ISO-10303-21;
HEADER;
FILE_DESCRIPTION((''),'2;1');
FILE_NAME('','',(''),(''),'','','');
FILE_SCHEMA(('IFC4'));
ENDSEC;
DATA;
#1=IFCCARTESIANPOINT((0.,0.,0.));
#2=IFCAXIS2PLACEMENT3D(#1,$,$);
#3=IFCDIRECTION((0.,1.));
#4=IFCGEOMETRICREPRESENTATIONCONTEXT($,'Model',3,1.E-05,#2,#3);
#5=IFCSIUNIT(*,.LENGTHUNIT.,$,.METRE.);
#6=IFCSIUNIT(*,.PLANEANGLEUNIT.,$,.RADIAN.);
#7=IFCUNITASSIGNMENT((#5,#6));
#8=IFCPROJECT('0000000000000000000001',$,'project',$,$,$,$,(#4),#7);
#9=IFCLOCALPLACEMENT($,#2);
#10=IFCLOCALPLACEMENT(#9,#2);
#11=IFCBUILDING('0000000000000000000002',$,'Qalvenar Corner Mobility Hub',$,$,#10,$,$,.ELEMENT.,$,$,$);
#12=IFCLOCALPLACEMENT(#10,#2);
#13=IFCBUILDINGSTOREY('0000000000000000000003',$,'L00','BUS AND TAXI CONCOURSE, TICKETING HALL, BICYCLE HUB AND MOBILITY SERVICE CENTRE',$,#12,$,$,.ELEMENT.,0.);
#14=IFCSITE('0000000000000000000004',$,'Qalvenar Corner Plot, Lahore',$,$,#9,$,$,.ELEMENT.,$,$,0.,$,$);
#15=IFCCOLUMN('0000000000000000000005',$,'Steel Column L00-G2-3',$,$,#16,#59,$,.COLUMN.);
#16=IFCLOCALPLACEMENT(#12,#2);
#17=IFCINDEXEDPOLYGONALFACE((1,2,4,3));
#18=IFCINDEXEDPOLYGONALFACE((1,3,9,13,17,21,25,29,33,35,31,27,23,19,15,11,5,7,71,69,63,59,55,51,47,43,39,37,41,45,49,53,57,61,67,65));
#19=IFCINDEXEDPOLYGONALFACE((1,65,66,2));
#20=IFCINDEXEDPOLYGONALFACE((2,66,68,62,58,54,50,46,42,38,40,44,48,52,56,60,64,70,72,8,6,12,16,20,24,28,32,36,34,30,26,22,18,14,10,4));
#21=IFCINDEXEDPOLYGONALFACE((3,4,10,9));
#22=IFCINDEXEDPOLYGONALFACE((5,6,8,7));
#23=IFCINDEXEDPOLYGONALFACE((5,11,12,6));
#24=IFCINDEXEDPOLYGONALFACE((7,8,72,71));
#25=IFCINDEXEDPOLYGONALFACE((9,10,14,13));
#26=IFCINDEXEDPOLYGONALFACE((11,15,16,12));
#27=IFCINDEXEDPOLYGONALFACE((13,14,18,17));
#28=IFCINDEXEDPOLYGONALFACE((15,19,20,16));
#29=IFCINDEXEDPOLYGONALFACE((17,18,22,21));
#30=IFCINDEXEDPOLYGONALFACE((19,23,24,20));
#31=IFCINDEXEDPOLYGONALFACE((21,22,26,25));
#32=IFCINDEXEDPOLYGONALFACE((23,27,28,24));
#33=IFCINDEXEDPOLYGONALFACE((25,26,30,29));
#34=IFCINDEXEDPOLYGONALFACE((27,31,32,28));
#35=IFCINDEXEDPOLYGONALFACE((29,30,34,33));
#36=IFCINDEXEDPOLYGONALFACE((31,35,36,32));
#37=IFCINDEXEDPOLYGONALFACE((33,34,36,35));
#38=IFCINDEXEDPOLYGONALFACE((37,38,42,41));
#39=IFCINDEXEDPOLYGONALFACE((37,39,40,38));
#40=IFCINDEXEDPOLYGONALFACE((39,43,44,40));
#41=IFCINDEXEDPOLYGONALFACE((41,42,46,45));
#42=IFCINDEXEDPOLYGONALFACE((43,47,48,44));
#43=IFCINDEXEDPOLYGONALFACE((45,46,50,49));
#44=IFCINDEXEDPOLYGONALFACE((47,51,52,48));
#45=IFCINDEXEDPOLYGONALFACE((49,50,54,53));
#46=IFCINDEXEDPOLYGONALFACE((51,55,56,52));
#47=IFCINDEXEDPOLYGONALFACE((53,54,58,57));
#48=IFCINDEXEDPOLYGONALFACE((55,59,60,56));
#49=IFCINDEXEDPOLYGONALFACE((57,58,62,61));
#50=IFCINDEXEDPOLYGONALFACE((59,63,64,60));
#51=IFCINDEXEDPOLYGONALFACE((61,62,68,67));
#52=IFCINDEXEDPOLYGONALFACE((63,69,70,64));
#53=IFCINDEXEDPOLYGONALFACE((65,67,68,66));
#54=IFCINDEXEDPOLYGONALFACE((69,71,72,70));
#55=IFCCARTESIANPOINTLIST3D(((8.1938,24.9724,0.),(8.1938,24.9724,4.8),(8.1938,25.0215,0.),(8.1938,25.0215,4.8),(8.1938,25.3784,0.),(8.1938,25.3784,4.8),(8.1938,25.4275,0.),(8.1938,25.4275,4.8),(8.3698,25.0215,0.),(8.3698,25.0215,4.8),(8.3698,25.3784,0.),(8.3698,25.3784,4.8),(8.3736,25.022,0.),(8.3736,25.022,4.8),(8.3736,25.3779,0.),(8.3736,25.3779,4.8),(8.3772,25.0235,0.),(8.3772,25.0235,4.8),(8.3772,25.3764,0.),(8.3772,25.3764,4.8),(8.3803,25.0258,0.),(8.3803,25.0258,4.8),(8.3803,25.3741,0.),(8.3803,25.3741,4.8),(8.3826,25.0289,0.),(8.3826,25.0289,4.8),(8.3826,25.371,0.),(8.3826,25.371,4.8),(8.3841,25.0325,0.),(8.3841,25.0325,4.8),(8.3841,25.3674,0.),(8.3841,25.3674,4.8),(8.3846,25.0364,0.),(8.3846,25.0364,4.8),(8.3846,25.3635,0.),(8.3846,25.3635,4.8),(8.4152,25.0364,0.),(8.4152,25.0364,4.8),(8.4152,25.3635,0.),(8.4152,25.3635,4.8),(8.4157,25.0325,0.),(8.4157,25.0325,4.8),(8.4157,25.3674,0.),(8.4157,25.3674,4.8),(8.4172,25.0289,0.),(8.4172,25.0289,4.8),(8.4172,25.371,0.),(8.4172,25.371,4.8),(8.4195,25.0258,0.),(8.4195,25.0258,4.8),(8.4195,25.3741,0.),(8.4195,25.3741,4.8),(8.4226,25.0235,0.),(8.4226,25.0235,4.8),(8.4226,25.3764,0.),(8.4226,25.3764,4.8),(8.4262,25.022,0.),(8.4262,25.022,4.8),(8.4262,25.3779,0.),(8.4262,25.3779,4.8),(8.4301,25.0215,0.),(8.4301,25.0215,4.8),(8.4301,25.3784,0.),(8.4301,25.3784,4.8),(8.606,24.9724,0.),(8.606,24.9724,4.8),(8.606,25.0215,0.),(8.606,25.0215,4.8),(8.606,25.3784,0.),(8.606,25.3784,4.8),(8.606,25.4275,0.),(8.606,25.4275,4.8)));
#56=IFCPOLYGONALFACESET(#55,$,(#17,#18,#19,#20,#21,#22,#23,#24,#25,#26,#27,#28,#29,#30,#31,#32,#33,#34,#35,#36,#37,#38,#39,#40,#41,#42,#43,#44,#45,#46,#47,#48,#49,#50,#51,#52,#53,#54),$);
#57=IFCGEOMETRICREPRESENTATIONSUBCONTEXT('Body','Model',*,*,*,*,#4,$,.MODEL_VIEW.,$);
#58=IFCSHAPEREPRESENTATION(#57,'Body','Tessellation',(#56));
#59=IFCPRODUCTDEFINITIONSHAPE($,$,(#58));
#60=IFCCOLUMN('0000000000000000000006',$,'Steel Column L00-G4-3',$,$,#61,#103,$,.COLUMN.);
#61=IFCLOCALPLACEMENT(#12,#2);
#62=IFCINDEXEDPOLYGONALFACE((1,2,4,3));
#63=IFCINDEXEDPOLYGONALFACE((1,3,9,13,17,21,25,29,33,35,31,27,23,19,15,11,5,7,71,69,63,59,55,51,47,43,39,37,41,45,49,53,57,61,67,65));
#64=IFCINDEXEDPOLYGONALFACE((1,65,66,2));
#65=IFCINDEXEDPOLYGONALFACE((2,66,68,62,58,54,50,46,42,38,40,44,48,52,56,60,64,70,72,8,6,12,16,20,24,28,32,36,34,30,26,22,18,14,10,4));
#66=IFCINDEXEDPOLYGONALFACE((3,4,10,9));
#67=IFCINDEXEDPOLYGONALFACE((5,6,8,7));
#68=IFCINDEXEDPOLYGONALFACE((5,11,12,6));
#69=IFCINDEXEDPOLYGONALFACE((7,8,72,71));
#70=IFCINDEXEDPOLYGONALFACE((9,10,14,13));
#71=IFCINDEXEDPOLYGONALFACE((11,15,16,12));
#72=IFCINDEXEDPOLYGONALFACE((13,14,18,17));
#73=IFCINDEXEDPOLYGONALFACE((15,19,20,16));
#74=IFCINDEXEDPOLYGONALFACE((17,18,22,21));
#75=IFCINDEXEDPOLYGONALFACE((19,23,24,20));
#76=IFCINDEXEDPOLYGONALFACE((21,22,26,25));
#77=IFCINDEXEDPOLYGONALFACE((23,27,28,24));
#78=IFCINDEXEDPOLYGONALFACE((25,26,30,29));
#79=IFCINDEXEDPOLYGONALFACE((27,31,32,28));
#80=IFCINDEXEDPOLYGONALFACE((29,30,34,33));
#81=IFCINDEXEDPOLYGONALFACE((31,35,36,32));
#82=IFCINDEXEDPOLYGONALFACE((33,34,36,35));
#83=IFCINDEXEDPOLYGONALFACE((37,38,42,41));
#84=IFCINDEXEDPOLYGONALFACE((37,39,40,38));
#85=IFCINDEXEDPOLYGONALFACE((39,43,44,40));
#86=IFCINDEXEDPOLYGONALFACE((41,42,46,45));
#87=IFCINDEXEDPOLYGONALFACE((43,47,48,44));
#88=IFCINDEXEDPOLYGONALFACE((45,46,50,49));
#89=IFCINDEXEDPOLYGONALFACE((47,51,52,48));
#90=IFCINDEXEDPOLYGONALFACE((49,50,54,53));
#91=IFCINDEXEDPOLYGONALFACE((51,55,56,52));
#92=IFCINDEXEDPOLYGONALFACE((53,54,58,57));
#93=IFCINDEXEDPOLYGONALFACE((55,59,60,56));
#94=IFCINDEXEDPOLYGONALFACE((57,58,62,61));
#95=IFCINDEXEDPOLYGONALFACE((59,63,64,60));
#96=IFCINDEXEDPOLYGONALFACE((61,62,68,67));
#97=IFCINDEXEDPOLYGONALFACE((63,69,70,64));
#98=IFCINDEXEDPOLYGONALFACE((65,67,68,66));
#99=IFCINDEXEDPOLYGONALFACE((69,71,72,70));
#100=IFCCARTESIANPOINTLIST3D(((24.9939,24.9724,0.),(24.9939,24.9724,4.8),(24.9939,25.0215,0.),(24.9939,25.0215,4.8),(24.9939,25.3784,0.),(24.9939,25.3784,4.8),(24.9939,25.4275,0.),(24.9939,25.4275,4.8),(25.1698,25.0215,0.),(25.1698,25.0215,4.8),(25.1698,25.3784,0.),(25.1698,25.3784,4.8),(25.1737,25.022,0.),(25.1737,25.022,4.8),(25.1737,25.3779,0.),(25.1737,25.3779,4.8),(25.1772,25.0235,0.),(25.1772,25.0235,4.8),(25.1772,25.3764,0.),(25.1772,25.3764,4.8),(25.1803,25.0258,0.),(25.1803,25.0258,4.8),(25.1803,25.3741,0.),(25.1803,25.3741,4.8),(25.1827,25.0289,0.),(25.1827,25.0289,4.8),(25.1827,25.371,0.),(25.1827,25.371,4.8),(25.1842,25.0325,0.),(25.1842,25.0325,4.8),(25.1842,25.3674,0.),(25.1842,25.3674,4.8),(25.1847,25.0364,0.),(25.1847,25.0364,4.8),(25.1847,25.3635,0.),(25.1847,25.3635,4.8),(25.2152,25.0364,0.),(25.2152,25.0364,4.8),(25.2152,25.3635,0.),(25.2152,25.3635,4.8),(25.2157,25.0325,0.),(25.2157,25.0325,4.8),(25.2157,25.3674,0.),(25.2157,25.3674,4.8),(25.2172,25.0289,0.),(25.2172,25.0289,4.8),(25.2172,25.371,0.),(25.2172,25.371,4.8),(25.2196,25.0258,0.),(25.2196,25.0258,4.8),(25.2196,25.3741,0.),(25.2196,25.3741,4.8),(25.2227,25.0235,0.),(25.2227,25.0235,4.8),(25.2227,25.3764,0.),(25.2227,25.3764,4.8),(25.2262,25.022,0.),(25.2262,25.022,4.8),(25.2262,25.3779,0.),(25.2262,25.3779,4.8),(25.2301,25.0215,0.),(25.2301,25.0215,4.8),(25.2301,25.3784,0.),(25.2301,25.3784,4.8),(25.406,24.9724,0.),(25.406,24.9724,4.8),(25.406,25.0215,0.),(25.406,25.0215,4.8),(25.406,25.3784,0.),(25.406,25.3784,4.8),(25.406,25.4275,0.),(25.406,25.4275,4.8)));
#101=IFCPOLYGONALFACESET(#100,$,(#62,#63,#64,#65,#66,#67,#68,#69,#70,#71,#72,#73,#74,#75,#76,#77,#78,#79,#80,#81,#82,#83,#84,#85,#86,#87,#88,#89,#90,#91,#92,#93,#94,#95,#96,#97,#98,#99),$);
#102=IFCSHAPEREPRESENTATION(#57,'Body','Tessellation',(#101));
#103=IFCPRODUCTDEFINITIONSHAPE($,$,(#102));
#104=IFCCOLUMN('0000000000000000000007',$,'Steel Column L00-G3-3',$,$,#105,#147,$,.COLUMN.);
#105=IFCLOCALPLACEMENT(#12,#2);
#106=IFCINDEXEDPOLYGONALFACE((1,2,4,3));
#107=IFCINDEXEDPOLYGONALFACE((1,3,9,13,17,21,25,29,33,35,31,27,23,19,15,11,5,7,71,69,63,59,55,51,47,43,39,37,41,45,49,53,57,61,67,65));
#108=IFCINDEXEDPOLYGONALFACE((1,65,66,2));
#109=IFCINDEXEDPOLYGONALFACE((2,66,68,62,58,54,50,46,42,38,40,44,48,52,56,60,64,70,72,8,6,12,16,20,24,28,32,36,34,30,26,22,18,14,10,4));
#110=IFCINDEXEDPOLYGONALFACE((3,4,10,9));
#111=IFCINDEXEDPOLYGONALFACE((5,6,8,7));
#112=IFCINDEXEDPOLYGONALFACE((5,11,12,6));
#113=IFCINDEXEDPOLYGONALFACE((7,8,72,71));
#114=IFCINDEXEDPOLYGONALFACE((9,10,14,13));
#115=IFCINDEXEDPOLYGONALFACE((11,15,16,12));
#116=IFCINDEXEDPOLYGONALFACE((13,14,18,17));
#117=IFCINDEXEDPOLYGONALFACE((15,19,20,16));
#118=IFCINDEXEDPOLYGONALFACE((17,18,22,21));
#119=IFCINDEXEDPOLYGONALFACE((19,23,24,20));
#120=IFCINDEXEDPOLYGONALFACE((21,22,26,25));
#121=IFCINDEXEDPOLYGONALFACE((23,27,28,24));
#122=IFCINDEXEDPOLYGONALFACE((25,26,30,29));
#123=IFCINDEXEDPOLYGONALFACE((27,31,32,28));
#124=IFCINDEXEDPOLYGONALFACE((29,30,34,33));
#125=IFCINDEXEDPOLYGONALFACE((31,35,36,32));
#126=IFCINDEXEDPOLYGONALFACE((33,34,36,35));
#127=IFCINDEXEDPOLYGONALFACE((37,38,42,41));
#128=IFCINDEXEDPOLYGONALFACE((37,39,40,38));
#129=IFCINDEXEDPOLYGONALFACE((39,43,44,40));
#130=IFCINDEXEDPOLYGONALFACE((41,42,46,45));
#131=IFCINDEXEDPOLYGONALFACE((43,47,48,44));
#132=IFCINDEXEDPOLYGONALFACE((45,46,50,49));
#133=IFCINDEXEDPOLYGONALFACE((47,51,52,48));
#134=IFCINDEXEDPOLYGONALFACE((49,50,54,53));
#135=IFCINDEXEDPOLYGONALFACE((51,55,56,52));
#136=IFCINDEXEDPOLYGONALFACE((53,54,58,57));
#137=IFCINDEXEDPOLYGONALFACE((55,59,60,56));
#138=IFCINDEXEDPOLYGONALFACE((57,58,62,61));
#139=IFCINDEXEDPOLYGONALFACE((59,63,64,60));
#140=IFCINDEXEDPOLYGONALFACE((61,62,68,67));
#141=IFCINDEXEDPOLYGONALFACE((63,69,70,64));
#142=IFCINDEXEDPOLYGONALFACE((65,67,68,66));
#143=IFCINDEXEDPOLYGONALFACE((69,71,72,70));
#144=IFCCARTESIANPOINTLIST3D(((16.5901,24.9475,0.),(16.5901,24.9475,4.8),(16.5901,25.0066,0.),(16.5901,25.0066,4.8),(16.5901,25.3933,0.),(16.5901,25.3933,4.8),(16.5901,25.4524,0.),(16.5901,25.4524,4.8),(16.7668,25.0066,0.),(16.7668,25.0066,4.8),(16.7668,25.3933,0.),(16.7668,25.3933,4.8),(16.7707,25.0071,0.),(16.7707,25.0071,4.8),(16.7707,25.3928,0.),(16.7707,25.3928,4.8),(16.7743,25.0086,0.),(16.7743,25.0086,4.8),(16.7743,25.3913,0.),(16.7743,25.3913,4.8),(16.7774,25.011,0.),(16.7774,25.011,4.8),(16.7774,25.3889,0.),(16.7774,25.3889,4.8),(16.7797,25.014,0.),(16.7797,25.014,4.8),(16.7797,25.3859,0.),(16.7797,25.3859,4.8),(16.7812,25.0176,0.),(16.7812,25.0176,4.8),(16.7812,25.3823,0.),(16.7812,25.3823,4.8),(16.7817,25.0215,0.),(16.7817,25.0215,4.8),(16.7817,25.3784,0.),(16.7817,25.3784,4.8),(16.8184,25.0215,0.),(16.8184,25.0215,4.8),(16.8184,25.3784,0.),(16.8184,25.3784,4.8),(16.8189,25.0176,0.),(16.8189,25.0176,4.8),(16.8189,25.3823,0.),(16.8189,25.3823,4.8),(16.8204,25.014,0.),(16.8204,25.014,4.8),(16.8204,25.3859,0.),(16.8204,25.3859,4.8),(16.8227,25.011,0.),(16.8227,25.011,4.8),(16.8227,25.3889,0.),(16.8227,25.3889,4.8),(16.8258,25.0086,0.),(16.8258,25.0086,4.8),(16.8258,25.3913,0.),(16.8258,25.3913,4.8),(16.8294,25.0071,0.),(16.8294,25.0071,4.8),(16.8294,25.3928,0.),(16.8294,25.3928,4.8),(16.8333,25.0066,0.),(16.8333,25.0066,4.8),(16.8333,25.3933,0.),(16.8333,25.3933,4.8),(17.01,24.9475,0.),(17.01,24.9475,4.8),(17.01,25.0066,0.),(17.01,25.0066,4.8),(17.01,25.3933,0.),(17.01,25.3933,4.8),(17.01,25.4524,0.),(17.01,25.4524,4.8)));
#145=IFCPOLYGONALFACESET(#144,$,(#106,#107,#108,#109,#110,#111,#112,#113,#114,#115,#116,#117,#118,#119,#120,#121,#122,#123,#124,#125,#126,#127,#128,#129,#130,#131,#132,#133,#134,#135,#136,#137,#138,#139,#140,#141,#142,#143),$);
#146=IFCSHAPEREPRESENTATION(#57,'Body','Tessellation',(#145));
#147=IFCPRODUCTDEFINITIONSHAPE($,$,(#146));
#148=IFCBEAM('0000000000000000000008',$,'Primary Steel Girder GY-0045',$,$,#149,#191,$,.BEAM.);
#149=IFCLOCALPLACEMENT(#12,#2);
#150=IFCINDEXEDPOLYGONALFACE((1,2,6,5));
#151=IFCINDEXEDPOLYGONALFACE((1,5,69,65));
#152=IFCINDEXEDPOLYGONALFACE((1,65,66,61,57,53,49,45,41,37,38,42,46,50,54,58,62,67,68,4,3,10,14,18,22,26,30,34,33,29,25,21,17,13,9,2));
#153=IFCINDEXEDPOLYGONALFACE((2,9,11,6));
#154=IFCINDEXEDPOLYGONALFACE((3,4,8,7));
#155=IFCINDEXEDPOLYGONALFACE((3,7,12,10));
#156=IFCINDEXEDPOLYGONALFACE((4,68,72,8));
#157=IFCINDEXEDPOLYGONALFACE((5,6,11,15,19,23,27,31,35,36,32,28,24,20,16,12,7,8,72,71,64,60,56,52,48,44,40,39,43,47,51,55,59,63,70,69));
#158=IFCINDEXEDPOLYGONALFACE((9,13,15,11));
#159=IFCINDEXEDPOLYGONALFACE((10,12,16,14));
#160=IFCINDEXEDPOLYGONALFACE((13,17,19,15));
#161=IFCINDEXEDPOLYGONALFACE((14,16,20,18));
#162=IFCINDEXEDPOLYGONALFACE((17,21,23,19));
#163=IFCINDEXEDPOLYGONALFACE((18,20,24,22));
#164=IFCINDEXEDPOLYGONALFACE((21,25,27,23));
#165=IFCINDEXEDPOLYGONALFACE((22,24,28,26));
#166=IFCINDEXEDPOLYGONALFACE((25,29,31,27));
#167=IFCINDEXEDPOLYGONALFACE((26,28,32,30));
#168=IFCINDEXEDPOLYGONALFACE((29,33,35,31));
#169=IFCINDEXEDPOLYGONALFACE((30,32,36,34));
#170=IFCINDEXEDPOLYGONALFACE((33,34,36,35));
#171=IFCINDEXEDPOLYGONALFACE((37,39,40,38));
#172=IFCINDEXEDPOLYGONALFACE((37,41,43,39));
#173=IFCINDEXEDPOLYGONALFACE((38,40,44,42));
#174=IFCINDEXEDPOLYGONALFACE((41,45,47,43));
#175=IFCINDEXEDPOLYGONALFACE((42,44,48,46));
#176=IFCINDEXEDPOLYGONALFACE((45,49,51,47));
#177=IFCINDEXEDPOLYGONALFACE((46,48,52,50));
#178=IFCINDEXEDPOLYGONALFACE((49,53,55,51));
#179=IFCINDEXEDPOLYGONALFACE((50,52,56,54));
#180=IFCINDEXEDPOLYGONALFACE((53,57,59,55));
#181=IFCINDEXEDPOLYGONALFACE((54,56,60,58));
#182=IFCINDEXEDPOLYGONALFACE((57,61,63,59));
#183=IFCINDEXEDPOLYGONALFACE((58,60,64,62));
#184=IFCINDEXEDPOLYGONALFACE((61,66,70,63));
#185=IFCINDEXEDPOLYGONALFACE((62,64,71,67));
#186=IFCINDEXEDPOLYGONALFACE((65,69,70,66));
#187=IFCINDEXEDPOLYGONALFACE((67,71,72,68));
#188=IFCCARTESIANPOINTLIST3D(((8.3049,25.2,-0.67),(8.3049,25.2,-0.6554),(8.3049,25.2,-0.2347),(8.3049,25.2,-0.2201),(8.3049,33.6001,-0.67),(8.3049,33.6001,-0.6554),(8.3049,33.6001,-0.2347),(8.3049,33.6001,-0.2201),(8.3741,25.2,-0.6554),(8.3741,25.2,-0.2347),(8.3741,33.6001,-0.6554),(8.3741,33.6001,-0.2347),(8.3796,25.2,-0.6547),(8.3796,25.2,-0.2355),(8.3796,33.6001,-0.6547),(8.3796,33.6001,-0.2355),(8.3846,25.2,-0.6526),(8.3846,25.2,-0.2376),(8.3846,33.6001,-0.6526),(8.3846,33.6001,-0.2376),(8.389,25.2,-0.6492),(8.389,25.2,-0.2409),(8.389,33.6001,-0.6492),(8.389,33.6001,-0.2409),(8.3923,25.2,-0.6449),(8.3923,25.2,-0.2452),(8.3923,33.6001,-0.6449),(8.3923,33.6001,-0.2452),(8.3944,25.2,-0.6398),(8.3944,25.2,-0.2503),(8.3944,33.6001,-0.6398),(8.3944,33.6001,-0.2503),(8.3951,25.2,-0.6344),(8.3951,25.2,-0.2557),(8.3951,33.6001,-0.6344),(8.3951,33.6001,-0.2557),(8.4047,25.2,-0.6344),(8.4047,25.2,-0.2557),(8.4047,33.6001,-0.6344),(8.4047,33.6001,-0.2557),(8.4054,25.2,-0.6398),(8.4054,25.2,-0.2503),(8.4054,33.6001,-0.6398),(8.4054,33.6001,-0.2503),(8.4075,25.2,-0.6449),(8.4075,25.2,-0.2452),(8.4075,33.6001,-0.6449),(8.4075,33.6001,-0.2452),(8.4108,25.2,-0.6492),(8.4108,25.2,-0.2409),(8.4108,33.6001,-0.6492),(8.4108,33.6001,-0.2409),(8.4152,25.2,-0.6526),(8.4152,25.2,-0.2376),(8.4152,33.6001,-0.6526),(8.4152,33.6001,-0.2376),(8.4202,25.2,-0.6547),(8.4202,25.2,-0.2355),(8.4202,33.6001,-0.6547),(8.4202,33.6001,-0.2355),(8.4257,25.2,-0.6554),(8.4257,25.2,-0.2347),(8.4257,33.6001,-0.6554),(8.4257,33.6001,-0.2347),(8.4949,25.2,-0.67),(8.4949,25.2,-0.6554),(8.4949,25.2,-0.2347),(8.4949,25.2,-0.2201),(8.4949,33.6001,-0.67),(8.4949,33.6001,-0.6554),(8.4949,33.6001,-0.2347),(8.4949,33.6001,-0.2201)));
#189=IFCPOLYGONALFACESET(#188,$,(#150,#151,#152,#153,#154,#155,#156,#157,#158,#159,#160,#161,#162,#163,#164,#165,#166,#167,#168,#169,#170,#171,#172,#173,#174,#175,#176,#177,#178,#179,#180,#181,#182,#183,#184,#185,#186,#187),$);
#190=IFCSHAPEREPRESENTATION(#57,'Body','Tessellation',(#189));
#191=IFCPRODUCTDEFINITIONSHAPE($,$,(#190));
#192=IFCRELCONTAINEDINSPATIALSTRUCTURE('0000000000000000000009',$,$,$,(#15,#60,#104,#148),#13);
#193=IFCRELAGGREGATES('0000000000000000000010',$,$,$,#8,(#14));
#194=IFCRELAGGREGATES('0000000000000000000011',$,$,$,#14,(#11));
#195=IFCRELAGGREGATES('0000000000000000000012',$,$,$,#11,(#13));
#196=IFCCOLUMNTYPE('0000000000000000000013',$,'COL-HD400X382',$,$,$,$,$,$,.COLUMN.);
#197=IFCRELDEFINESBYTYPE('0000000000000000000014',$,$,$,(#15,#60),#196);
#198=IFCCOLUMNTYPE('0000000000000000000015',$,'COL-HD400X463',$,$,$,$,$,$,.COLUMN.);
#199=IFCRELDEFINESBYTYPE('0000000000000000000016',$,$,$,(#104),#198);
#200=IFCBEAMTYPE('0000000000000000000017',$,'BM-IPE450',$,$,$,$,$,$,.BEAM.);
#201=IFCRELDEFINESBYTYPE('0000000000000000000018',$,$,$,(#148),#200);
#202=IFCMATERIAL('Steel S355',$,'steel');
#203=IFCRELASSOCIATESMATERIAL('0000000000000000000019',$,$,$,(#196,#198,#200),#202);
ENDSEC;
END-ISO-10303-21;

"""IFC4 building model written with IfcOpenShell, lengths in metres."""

from ifc_helpers import new_model, si_unit, direction, frame, origin, origin_2d, place, context, subcontext, project, spatial, i_section, extrude, material, material_profile, profile_set, type_object, element, save


model = new_model("IFC4")

# Units and contexts
model_context = context("Model", 3, precision=1e-05, world=origin(), true_north=direction((0.0, 1.0)))
body_context = subcontext(model_context, "Body", "Model", "MODEL_VIEW")
ifc_project = project(units=[si_unit("LENGTHUNIT", "METRE"), si_unit("PLANEANGLEUNIT", "RADIAN")], contexts=[model_context])

# Site, building, storey
site_placement = place(None, origin())
site = spatial("IfcSite", under=ifc_project, at=site_placement, Name="Qalvenar Corner Plot, Lahore", CompositionType="ELEMENT", RefElevation=0.0)
building_placement = place(site_placement, origin())
building = spatial("IfcBuilding", under=site, at=building_placement, Name="Qalvenar Corner Mobility Hub", CompositionType="ELEMENT")
storey_placement = place(building_placement, origin())
storey = spatial("IfcBuildingStorey", under=building, at=storey_placement, Name="L00", Description="BUS AND TAXI CONCOURSE, TICKETING HALL, BICYCLE HUB AND MOBILITY SERVICE CENTRE", CompositionType="ELEMENT", Elevation=0.0)

# Columns
ifc_material_1 = material(Name="Steel S355", Category="steel")
ifc_material_profile_1 = material_profile(ifc_material_1, i_section(OverallWidth=0.4121, OverallDepth=0.4551, WebThickness=0.0305, FlangeThickness=0.0491, FilletRadius=0.0149, at=origin_2d()), Name="HD400x421")
ifc_profile_set_1 = profile_set([ifc_material_profile_1], Name="Steel S355")
column_type_1 = type_object("IfcColumnType", Name="COL-HD400X382", PredefinedType="COLUMN", material=ifc_profile_set_1)
for number, where, z_axis, x_axis, name in (
    (1, (8.3999, 25.2, 0.0), (0.0, 0.0, 1.0), (1.0, 0.0, 0.0), "Steel Column L00-G2-3"),
    (2, (25.2, 25.2, 0.0), (0.0, 0.0, 1.0), (1.0, 0.0, 0.0), "Steel Column L00-G4-3"),
):
    element("IfcColumn", number, at=place(storey_placement, frame(where, z_axis=z_axis, x_axis=x_axis)), inside=storey, type_object=column_type_1, Name=name, PredefinedType="COLUMN", context=body_context, shape_type="SweptSolid", body=[
        extrude(i_section(OverallWidth=0.4121, OverallDepth=0.4551, WebThickness=0.0305, FlangeThickness=0.0491, FilletRadius=0.0149, at=origin_2d()), origin(), (0.0, 0.0, 1.0), 4.8),
    ])
ifc_material_profile_2 = material_profile(ifc_material_1, i_section(OverallWidth=0.4199, OverallDepth=0.5049, WebThickness=0.0366, FlangeThickness=0.0591, FilletRadius=0.0149, at=origin_2d()), Name="HD400x551")
ifc_profile_set_2 = profile_set([ifc_material_profile_2], Name="Steel S355")
column_type_2 = type_object("IfcColumnType", Name="COL-HD400X463", PredefinedType="COLUMN", material=ifc_profile_set_2)
column_placement = place(storey_placement, frame((16.8, 25.2, 0.0), z_axis=(0.0, 0.0, 1.0), x_axis=(1.0, 0.0, 0.0)))
element("IfcColumn", 3, at=column_placement, inside=storey, type_object=column_type_2, Name="Steel Column L00-G3-3", PredefinedType="COLUMN", context=body_context, shape_type="SweptSolid", body=[
    extrude(i_section(OverallWidth=0.4199, OverallDepth=0.5049, WebThickness=0.0366, FlangeThickness=0.0591, FilletRadius=0.0149, at=origin_2d()), origin(), (0.0, 0.0, 1.0), 4.8),
])

# Beam
ifc_material_profile_3 = material_profile(ifc_material_1, i_section(OverallWidth=0.1899, OverallDepth=0.45, WebThickness=0.0095, FlangeThickness=0.0146, FilletRadius=0.021, at=origin_2d()), Name="IPE450")
ifc_profile_set_3 = profile_set([ifc_material_profile_3], Name="Steel S355")
beam_type_1 = type_object("IfcBeamType", Name="BM-IPE450", PredefinedType="BEAM", material=ifc_profile_set_3)
for number, where, z_axis, x_axis, name in (
    (4, (8.3999, 25.2, -0.4451), (0.0, 1.0, 0.0), (-1.0, 0.0, 0.0), "Primary Steel Girder GY-0045"),
):
    element("IfcBeam", number, at=place(storey_placement, frame(where, z_axis=z_axis, x_axis=x_axis)), inside=storey, type_object=beam_type_1, Name=name, PredefinedType="BEAM", context=body_context, shape_type="SweptSolid", body=[
        extrude(i_section(OverallWidth=0.1899, OverallDepth=0.45, WebThickness=0.0095, FlangeThickness=0.0146, FilletRadius=0.021, at=origin_2d()), origin(), (0.0, 0.0, 1.0), 8.4001),
    ])

save(model, "model.ifc")
